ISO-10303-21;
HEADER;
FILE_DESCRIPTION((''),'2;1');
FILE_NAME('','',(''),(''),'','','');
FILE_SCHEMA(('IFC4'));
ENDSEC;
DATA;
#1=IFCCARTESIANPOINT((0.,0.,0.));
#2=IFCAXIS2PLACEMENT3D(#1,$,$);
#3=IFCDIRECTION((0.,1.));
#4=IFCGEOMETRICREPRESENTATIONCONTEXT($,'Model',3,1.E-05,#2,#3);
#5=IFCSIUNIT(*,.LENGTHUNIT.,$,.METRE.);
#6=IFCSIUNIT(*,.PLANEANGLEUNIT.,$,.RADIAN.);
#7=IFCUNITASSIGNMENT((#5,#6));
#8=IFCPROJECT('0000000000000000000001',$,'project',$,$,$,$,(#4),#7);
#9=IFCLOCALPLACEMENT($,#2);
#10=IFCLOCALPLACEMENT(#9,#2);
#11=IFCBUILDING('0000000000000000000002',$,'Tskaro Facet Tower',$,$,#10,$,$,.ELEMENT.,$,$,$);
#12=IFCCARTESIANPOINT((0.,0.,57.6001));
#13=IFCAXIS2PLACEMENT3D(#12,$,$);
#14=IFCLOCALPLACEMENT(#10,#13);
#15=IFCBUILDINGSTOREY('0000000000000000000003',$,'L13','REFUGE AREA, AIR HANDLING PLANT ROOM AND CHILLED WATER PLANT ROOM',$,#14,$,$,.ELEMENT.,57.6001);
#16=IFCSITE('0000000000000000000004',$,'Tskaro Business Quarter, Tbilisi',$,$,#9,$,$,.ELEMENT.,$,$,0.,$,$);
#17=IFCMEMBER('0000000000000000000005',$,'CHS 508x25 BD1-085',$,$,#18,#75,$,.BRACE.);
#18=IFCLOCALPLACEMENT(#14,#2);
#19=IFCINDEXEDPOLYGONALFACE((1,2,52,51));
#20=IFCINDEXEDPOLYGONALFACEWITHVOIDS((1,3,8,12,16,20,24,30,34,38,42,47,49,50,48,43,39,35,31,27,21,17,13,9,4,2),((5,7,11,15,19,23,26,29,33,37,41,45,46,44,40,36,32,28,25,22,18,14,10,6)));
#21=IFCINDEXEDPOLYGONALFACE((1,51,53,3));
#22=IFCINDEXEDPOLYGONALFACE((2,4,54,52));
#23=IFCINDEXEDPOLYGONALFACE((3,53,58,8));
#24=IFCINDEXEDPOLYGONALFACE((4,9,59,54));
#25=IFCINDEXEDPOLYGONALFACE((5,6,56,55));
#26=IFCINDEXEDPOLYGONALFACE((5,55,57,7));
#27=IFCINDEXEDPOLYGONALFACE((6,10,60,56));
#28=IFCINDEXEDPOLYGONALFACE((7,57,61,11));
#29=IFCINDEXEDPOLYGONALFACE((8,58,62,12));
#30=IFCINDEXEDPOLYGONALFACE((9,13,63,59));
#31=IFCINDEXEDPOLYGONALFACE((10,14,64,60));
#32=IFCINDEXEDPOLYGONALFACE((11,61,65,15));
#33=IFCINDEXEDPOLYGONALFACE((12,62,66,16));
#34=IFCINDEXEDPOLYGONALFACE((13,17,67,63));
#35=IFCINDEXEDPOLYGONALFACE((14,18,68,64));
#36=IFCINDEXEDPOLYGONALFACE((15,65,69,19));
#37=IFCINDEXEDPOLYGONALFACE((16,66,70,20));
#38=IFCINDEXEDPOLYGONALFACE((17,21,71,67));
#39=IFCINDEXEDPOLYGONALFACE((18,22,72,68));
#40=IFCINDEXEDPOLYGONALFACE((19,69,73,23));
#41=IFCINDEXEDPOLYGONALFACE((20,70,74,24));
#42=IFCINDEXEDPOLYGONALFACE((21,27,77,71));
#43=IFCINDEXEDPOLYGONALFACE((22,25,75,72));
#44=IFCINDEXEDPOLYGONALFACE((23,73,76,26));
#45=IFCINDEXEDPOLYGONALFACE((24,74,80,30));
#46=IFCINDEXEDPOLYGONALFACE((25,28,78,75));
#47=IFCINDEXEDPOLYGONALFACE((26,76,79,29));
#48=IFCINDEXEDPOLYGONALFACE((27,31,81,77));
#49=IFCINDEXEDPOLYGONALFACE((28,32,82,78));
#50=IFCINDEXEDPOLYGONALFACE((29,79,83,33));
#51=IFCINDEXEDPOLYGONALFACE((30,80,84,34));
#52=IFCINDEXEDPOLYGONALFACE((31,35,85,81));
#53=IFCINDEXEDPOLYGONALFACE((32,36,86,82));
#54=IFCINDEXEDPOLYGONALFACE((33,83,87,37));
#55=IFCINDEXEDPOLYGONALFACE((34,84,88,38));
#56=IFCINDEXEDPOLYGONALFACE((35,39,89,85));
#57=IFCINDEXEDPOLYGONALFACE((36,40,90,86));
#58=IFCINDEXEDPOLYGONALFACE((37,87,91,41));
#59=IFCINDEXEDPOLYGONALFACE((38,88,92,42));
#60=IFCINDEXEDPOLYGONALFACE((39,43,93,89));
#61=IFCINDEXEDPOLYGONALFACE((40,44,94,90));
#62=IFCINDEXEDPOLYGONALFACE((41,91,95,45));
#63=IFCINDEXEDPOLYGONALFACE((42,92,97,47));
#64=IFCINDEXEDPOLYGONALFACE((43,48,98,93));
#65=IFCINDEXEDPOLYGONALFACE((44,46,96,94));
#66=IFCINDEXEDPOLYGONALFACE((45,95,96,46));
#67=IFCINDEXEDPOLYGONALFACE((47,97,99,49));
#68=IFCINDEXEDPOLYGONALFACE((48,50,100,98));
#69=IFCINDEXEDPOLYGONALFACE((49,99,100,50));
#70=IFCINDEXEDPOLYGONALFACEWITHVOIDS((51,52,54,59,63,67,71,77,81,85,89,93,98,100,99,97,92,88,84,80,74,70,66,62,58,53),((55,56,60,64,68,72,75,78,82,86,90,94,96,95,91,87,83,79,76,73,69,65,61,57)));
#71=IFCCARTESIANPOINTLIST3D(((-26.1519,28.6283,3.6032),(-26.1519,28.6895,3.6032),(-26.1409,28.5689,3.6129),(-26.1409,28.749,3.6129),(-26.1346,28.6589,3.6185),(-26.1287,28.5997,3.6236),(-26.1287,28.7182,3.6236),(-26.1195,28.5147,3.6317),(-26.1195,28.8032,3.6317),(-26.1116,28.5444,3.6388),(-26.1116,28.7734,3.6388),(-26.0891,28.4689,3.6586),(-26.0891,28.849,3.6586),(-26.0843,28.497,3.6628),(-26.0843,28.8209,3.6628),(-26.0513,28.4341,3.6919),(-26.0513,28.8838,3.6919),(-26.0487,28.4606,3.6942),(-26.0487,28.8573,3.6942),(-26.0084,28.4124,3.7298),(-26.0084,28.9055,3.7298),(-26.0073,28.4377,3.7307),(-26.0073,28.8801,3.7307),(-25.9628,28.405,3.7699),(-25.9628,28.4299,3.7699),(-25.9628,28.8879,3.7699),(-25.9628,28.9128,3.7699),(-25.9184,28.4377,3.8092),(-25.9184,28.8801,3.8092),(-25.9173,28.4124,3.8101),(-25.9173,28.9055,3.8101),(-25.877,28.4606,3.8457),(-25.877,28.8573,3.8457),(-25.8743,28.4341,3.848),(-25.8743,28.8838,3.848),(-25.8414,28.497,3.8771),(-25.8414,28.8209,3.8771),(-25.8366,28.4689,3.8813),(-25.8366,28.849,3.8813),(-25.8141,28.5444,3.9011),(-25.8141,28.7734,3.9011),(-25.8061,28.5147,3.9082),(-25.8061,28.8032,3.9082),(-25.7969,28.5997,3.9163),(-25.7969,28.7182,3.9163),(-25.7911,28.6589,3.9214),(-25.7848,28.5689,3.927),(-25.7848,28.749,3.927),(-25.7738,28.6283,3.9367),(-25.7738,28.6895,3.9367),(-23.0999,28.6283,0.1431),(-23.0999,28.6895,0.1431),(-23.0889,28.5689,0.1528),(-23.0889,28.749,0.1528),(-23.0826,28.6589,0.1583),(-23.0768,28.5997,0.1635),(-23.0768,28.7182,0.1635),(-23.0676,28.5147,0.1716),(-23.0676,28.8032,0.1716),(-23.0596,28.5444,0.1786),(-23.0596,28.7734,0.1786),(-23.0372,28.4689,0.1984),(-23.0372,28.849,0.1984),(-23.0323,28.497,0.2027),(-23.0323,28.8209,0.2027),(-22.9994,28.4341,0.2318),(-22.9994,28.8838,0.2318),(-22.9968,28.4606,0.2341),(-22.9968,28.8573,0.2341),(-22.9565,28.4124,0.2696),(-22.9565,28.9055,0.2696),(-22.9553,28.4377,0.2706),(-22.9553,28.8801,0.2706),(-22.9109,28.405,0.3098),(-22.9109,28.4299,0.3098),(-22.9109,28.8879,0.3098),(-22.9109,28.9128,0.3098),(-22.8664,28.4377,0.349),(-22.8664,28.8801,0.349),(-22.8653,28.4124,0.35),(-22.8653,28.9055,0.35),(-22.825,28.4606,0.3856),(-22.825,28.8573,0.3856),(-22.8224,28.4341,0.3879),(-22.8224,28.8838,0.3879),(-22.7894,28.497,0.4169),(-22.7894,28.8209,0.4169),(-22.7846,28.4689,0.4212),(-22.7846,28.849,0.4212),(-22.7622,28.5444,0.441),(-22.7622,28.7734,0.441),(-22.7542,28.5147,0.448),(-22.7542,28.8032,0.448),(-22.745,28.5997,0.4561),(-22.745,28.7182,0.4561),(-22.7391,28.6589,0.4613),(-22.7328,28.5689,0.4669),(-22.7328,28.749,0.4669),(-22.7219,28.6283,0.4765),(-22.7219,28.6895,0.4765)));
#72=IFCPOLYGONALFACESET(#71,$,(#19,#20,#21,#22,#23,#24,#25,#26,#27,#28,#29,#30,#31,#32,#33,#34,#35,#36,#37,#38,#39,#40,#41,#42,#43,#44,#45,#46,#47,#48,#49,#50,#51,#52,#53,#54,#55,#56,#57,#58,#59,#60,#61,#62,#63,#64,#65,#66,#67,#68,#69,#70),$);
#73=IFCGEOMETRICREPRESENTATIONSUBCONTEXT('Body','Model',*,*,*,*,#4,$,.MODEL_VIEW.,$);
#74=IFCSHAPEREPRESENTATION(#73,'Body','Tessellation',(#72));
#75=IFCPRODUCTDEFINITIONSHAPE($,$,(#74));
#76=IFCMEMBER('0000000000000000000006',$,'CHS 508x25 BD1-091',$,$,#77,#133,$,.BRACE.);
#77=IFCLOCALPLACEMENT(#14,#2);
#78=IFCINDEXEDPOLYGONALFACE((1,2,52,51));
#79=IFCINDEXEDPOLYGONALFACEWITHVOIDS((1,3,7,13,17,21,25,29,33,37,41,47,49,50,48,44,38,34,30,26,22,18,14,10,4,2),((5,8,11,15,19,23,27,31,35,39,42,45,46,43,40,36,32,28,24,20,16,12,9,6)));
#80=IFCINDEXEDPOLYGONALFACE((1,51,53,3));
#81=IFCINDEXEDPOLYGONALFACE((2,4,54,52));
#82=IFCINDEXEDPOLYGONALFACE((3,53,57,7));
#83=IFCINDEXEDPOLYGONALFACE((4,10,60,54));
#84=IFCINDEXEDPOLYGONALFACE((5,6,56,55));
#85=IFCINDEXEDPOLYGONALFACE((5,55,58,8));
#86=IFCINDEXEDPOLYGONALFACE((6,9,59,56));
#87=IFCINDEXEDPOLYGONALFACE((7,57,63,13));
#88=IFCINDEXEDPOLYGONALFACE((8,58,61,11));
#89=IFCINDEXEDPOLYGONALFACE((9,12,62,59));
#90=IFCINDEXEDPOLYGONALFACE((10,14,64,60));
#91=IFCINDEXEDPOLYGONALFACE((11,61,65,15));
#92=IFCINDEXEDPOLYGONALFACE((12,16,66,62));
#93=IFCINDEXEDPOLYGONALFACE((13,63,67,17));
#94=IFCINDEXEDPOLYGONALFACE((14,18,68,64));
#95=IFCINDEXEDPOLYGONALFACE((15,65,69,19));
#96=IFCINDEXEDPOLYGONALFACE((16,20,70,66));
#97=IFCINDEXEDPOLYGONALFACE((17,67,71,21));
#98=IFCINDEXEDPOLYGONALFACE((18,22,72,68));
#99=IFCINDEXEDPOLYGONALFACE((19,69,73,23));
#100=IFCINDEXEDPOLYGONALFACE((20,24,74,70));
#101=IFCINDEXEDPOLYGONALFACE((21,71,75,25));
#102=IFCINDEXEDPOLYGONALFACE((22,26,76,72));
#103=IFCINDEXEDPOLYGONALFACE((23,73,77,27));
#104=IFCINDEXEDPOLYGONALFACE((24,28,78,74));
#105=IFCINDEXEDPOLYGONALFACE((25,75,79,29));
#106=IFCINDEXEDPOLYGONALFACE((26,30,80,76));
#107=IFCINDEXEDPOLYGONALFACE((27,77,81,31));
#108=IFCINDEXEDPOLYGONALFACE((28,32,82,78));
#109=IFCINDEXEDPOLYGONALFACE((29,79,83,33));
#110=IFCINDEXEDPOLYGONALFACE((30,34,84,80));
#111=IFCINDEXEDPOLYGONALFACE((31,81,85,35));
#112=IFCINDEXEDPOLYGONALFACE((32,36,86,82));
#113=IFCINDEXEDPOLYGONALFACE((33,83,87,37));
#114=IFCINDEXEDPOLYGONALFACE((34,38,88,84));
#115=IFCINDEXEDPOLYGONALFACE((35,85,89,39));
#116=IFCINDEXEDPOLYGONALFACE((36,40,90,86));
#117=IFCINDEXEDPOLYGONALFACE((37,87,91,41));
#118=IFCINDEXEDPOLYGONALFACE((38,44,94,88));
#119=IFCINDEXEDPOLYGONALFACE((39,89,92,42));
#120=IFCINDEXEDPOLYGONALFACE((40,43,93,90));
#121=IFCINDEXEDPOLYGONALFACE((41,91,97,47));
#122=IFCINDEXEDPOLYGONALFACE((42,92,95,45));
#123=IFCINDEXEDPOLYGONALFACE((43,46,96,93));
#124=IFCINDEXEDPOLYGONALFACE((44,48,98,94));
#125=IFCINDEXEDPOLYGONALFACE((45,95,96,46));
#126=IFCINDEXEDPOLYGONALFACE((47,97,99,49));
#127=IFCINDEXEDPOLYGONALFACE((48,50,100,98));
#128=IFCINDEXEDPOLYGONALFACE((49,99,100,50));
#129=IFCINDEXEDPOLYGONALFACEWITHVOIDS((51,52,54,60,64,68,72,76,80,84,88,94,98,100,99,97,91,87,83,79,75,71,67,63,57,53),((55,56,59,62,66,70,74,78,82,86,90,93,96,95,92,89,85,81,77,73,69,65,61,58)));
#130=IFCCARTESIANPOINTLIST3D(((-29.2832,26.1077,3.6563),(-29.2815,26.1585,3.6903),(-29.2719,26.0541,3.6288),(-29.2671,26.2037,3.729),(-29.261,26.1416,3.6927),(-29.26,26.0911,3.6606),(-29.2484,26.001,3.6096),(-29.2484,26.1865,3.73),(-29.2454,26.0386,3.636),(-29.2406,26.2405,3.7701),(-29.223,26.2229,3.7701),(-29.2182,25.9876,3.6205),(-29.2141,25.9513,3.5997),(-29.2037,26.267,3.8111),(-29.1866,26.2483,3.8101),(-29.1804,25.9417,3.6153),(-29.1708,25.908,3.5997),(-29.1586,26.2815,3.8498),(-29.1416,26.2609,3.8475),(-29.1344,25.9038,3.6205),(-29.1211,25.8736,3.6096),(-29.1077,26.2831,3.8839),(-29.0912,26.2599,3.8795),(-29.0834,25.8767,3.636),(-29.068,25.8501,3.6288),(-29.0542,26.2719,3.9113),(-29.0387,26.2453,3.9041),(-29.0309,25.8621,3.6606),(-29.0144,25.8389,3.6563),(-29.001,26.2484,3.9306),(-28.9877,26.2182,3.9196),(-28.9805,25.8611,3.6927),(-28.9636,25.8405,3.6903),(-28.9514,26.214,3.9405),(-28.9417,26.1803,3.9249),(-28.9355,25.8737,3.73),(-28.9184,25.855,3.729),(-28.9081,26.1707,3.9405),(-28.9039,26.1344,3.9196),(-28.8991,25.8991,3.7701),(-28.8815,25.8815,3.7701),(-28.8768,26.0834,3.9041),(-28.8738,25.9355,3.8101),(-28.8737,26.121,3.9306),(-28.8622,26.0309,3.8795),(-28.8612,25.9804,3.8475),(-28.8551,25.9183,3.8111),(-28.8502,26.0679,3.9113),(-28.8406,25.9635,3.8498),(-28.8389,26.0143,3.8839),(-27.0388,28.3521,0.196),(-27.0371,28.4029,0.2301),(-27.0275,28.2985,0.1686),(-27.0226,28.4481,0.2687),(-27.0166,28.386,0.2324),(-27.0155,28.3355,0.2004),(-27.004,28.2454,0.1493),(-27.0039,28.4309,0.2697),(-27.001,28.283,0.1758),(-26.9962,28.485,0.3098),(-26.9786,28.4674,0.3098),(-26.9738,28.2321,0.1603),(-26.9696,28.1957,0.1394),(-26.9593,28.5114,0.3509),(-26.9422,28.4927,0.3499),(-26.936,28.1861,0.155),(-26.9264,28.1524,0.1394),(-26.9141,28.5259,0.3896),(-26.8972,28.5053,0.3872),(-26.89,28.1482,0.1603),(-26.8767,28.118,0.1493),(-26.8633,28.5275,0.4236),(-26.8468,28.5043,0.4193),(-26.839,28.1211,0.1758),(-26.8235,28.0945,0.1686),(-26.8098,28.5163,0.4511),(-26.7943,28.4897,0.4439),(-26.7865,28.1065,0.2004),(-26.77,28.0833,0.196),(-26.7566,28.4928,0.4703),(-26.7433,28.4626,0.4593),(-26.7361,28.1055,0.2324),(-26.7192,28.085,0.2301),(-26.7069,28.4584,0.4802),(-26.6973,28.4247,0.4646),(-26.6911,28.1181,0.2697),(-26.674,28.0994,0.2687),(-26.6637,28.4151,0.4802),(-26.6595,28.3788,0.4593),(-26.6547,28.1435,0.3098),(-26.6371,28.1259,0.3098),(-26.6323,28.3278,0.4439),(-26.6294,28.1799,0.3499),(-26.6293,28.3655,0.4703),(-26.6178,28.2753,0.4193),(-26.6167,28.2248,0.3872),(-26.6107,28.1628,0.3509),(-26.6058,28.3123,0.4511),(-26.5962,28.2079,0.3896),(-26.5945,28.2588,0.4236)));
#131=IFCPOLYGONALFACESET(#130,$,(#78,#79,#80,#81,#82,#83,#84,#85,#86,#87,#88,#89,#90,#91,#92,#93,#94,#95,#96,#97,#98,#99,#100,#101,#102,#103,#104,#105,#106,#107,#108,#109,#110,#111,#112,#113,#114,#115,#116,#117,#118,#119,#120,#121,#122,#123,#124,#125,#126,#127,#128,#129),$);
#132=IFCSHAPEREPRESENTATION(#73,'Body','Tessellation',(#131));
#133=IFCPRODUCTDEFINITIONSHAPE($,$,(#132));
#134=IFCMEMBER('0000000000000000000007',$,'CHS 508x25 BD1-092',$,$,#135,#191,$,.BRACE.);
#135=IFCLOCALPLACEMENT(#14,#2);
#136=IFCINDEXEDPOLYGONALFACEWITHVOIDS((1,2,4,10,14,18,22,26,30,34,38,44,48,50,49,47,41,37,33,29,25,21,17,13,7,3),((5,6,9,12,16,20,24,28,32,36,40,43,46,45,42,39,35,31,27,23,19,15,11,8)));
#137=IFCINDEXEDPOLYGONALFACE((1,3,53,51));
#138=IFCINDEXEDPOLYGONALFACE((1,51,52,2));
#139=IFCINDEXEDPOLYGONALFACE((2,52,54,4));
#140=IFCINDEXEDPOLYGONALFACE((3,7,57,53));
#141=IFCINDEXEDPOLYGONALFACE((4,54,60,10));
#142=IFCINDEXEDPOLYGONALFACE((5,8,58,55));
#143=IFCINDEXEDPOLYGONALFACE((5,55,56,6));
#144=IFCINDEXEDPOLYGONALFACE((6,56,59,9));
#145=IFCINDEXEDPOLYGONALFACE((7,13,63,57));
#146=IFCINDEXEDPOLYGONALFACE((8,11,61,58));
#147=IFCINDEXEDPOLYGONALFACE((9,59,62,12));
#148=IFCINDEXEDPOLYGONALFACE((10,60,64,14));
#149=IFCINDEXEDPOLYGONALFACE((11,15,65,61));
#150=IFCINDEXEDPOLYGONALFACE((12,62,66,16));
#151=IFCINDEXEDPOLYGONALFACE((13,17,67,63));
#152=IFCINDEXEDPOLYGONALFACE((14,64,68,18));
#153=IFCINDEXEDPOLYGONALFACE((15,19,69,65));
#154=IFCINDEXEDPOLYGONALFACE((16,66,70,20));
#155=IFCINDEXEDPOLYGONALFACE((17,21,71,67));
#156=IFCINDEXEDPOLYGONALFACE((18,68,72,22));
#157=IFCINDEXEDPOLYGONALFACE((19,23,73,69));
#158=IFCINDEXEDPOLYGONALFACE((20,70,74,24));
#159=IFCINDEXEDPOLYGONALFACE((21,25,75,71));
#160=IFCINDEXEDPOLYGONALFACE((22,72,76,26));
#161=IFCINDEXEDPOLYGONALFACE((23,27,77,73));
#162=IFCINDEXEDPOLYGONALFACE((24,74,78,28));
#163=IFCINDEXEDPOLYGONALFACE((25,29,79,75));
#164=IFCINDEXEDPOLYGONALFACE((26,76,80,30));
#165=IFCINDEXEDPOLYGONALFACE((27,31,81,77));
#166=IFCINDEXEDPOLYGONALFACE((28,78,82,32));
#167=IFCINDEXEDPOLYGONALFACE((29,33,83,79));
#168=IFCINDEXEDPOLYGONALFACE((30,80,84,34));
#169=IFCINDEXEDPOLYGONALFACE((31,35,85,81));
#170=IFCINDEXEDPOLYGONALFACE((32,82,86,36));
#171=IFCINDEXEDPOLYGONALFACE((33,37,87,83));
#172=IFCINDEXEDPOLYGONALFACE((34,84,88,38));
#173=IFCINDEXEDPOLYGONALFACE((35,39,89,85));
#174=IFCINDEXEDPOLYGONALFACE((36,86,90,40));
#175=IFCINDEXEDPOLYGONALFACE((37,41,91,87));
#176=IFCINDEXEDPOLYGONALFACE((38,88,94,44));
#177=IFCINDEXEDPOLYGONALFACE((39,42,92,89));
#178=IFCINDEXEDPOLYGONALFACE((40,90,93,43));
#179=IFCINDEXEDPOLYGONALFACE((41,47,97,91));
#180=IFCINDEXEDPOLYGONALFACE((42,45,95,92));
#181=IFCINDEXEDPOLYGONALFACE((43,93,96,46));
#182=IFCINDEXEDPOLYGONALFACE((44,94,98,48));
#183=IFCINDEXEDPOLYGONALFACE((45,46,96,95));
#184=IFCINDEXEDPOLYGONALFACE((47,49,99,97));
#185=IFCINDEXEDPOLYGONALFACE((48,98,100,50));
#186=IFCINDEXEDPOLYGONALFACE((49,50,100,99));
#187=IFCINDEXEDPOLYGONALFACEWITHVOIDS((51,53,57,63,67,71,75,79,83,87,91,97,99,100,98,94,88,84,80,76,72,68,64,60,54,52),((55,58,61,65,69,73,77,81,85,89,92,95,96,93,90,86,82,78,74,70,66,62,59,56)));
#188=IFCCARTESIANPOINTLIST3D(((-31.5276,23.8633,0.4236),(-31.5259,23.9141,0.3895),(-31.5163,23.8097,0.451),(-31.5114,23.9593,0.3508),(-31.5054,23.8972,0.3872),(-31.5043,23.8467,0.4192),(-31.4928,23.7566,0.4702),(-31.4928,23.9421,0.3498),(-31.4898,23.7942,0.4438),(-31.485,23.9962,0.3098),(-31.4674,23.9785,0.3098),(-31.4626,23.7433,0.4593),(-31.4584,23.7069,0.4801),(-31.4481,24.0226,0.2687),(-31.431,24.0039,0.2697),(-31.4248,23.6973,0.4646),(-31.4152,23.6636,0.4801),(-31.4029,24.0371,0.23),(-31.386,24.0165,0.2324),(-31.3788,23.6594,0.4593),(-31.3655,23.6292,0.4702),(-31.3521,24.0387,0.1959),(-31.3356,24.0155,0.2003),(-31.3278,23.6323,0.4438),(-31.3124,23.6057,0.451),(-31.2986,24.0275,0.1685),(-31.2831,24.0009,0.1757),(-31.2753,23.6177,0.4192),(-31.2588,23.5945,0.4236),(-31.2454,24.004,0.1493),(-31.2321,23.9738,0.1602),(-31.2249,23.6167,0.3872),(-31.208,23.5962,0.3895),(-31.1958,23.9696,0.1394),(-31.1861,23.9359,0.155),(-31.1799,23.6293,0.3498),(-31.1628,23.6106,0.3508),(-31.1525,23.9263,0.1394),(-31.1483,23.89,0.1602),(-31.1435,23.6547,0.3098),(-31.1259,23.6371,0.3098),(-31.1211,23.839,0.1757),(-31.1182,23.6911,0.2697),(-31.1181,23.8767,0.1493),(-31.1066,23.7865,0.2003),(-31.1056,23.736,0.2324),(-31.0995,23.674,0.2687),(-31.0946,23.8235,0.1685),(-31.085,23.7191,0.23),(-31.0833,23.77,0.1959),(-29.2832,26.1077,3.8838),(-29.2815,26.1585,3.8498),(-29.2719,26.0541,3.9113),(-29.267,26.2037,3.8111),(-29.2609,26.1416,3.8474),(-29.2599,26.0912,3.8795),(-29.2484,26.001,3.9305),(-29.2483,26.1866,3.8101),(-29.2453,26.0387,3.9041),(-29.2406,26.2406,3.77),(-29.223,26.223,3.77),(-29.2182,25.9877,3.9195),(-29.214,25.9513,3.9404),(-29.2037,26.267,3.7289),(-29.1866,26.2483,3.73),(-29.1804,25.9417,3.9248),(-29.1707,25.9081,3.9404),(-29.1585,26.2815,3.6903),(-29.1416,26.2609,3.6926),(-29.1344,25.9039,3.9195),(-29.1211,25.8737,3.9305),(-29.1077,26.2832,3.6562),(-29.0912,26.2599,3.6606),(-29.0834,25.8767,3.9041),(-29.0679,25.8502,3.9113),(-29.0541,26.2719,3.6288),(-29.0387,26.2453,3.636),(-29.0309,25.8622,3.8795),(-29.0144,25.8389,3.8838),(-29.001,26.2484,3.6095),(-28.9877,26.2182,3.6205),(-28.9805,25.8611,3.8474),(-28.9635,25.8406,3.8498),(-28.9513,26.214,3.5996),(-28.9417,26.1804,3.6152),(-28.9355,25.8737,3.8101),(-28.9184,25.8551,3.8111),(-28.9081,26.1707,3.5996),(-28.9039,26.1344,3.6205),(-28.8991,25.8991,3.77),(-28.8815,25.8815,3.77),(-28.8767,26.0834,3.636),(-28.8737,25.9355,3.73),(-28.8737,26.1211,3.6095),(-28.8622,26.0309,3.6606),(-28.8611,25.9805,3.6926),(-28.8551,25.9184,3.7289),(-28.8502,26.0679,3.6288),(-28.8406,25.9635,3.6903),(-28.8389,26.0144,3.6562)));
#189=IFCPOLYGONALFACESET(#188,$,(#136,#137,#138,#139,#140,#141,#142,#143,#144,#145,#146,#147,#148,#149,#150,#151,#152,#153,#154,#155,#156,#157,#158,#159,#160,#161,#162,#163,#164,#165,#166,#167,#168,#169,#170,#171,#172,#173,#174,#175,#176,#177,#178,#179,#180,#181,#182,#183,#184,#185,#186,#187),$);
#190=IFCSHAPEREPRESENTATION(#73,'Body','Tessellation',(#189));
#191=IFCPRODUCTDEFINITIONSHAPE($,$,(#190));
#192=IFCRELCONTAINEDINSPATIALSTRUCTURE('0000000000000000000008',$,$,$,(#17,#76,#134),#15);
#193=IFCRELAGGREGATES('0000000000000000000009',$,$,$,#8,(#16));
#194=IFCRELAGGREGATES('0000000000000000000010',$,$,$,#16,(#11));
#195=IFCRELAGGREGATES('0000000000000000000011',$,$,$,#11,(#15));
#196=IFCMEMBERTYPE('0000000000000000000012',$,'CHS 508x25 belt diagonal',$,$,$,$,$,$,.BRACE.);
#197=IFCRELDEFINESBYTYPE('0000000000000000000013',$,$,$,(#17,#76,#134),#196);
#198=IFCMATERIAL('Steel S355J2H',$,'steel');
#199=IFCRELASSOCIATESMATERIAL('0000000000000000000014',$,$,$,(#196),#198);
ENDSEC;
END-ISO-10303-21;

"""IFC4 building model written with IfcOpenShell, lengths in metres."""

from ifc_helpers import new_model, si_unit, direction, frame, origin, origin_2d, place, context, subcontext, project, spatial, hollow_circle, extrude, material, material_profile, profile_set, type_object, element, save


model = new_model("IFC4")

# Units and contexts
model_context = context("Model", 3, precision=1e-05, world=origin(), true_north=direction((0.0, 1.0)))
body_context = subcontext(model_context, "Body", "Model", "MODEL_VIEW")
ifc_project = project(units=[si_unit("LENGTHUNIT", "METRE"), si_unit("PLANEANGLEUNIT", "RADIAN")], contexts=[model_context])

# Site, building, storey
site_placement = place(None, origin())
site = spatial("IfcSite", under=ifc_project, at=site_placement, Name="Tskaro Business Quarter, Tbilisi", CompositionType="ELEMENT", RefElevation=0.0)
building_placement = place(site_placement, origin())
building = spatial("IfcBuilding", under=site, at=building_placement, Name="Tskaro Facet Tower", CompositionType="ELEMENT")
storey_placement = place(building_placement, frame((0.0, 0.0, 57.6001)))
storey = spatial("IfcBuildingStorey", under=building, at=storey_placement, Name="L13", Description="REFUGE AREA, AIR HANDLING PLANT ROOM AND CHILLED WATER PLANT ROOM", CompositionType="ELEMENT", Elevation=57.6001)

# Shared definitions
ifc_material_1 = material(Name="Steel S355J2H", Category="steel")

# Members
ifc_material_profile_1 = material_profile(ifc_material_1, hollow_circle(Radius=0.2539, WallThickness=0.0249, at=origin_2d()), Name="CHS 508x25")
ifc_profile_set_1 = profile_set([ifc_material_profile_1], Name="Steel S355J2H")
member_type_1 = type_object("IfcMemberType", Name="CHS 508x25 belt diagonal", PredefinedType="BRACE", material=ifc_profile_set_1)
member_1_placement = place(storey_placement, frame((-22.9109, 28.6589, 0.3098), z_axis=(-0.661485, 0.0, 0.749958), x_axis=(0.0, -1.0, 0.0)))
element("IfcMember", 1, at=member_1_placement, inside=storey, type_object=member_type_1, Name="CHS 508x25 BD1-085", PredefinedType="BRACE", context=body_context, shape_type="SweptSolid", body=[
    extrude(hollow_circle(Radius=0.2539, WallThickness=0.0249, at=origin_2d()), origin(), (0.0, 0.0, 1.0), 4.6138),
])
for number, where, z_axis, x_axis, name in (
    (2, (-26.8167, 28.3054, 0.3098), (-0.477988, -0.477988, 0.736922), (0.707107, -0.707107, 0.0), "CHS 508x25 BD1-091"),
    (3, (-29.061, 26.061, 3.77), (-0.477988, -0.477988, -0.736922), (0.707107, -0.707107, 0.0), "CHS 508x25 BD1-092"),
):
    element("IfcMember", number, at=place(storey_placement, frame(where, z_axis=z_axis, x_axis=x_axis)), inside=storey, type_object=member_type_1, Name=name, PredefinedType="BRACE", context=body_context, shape_type="SweptSolid", body=[
        extrude(hollow_circle(Radius=0.2539, WallThickness=0.0249, at=origin_2d()), origin(), (0.0, 0.0, 1.0), 4.6956),
    ])

save(model, "model.ifc")
